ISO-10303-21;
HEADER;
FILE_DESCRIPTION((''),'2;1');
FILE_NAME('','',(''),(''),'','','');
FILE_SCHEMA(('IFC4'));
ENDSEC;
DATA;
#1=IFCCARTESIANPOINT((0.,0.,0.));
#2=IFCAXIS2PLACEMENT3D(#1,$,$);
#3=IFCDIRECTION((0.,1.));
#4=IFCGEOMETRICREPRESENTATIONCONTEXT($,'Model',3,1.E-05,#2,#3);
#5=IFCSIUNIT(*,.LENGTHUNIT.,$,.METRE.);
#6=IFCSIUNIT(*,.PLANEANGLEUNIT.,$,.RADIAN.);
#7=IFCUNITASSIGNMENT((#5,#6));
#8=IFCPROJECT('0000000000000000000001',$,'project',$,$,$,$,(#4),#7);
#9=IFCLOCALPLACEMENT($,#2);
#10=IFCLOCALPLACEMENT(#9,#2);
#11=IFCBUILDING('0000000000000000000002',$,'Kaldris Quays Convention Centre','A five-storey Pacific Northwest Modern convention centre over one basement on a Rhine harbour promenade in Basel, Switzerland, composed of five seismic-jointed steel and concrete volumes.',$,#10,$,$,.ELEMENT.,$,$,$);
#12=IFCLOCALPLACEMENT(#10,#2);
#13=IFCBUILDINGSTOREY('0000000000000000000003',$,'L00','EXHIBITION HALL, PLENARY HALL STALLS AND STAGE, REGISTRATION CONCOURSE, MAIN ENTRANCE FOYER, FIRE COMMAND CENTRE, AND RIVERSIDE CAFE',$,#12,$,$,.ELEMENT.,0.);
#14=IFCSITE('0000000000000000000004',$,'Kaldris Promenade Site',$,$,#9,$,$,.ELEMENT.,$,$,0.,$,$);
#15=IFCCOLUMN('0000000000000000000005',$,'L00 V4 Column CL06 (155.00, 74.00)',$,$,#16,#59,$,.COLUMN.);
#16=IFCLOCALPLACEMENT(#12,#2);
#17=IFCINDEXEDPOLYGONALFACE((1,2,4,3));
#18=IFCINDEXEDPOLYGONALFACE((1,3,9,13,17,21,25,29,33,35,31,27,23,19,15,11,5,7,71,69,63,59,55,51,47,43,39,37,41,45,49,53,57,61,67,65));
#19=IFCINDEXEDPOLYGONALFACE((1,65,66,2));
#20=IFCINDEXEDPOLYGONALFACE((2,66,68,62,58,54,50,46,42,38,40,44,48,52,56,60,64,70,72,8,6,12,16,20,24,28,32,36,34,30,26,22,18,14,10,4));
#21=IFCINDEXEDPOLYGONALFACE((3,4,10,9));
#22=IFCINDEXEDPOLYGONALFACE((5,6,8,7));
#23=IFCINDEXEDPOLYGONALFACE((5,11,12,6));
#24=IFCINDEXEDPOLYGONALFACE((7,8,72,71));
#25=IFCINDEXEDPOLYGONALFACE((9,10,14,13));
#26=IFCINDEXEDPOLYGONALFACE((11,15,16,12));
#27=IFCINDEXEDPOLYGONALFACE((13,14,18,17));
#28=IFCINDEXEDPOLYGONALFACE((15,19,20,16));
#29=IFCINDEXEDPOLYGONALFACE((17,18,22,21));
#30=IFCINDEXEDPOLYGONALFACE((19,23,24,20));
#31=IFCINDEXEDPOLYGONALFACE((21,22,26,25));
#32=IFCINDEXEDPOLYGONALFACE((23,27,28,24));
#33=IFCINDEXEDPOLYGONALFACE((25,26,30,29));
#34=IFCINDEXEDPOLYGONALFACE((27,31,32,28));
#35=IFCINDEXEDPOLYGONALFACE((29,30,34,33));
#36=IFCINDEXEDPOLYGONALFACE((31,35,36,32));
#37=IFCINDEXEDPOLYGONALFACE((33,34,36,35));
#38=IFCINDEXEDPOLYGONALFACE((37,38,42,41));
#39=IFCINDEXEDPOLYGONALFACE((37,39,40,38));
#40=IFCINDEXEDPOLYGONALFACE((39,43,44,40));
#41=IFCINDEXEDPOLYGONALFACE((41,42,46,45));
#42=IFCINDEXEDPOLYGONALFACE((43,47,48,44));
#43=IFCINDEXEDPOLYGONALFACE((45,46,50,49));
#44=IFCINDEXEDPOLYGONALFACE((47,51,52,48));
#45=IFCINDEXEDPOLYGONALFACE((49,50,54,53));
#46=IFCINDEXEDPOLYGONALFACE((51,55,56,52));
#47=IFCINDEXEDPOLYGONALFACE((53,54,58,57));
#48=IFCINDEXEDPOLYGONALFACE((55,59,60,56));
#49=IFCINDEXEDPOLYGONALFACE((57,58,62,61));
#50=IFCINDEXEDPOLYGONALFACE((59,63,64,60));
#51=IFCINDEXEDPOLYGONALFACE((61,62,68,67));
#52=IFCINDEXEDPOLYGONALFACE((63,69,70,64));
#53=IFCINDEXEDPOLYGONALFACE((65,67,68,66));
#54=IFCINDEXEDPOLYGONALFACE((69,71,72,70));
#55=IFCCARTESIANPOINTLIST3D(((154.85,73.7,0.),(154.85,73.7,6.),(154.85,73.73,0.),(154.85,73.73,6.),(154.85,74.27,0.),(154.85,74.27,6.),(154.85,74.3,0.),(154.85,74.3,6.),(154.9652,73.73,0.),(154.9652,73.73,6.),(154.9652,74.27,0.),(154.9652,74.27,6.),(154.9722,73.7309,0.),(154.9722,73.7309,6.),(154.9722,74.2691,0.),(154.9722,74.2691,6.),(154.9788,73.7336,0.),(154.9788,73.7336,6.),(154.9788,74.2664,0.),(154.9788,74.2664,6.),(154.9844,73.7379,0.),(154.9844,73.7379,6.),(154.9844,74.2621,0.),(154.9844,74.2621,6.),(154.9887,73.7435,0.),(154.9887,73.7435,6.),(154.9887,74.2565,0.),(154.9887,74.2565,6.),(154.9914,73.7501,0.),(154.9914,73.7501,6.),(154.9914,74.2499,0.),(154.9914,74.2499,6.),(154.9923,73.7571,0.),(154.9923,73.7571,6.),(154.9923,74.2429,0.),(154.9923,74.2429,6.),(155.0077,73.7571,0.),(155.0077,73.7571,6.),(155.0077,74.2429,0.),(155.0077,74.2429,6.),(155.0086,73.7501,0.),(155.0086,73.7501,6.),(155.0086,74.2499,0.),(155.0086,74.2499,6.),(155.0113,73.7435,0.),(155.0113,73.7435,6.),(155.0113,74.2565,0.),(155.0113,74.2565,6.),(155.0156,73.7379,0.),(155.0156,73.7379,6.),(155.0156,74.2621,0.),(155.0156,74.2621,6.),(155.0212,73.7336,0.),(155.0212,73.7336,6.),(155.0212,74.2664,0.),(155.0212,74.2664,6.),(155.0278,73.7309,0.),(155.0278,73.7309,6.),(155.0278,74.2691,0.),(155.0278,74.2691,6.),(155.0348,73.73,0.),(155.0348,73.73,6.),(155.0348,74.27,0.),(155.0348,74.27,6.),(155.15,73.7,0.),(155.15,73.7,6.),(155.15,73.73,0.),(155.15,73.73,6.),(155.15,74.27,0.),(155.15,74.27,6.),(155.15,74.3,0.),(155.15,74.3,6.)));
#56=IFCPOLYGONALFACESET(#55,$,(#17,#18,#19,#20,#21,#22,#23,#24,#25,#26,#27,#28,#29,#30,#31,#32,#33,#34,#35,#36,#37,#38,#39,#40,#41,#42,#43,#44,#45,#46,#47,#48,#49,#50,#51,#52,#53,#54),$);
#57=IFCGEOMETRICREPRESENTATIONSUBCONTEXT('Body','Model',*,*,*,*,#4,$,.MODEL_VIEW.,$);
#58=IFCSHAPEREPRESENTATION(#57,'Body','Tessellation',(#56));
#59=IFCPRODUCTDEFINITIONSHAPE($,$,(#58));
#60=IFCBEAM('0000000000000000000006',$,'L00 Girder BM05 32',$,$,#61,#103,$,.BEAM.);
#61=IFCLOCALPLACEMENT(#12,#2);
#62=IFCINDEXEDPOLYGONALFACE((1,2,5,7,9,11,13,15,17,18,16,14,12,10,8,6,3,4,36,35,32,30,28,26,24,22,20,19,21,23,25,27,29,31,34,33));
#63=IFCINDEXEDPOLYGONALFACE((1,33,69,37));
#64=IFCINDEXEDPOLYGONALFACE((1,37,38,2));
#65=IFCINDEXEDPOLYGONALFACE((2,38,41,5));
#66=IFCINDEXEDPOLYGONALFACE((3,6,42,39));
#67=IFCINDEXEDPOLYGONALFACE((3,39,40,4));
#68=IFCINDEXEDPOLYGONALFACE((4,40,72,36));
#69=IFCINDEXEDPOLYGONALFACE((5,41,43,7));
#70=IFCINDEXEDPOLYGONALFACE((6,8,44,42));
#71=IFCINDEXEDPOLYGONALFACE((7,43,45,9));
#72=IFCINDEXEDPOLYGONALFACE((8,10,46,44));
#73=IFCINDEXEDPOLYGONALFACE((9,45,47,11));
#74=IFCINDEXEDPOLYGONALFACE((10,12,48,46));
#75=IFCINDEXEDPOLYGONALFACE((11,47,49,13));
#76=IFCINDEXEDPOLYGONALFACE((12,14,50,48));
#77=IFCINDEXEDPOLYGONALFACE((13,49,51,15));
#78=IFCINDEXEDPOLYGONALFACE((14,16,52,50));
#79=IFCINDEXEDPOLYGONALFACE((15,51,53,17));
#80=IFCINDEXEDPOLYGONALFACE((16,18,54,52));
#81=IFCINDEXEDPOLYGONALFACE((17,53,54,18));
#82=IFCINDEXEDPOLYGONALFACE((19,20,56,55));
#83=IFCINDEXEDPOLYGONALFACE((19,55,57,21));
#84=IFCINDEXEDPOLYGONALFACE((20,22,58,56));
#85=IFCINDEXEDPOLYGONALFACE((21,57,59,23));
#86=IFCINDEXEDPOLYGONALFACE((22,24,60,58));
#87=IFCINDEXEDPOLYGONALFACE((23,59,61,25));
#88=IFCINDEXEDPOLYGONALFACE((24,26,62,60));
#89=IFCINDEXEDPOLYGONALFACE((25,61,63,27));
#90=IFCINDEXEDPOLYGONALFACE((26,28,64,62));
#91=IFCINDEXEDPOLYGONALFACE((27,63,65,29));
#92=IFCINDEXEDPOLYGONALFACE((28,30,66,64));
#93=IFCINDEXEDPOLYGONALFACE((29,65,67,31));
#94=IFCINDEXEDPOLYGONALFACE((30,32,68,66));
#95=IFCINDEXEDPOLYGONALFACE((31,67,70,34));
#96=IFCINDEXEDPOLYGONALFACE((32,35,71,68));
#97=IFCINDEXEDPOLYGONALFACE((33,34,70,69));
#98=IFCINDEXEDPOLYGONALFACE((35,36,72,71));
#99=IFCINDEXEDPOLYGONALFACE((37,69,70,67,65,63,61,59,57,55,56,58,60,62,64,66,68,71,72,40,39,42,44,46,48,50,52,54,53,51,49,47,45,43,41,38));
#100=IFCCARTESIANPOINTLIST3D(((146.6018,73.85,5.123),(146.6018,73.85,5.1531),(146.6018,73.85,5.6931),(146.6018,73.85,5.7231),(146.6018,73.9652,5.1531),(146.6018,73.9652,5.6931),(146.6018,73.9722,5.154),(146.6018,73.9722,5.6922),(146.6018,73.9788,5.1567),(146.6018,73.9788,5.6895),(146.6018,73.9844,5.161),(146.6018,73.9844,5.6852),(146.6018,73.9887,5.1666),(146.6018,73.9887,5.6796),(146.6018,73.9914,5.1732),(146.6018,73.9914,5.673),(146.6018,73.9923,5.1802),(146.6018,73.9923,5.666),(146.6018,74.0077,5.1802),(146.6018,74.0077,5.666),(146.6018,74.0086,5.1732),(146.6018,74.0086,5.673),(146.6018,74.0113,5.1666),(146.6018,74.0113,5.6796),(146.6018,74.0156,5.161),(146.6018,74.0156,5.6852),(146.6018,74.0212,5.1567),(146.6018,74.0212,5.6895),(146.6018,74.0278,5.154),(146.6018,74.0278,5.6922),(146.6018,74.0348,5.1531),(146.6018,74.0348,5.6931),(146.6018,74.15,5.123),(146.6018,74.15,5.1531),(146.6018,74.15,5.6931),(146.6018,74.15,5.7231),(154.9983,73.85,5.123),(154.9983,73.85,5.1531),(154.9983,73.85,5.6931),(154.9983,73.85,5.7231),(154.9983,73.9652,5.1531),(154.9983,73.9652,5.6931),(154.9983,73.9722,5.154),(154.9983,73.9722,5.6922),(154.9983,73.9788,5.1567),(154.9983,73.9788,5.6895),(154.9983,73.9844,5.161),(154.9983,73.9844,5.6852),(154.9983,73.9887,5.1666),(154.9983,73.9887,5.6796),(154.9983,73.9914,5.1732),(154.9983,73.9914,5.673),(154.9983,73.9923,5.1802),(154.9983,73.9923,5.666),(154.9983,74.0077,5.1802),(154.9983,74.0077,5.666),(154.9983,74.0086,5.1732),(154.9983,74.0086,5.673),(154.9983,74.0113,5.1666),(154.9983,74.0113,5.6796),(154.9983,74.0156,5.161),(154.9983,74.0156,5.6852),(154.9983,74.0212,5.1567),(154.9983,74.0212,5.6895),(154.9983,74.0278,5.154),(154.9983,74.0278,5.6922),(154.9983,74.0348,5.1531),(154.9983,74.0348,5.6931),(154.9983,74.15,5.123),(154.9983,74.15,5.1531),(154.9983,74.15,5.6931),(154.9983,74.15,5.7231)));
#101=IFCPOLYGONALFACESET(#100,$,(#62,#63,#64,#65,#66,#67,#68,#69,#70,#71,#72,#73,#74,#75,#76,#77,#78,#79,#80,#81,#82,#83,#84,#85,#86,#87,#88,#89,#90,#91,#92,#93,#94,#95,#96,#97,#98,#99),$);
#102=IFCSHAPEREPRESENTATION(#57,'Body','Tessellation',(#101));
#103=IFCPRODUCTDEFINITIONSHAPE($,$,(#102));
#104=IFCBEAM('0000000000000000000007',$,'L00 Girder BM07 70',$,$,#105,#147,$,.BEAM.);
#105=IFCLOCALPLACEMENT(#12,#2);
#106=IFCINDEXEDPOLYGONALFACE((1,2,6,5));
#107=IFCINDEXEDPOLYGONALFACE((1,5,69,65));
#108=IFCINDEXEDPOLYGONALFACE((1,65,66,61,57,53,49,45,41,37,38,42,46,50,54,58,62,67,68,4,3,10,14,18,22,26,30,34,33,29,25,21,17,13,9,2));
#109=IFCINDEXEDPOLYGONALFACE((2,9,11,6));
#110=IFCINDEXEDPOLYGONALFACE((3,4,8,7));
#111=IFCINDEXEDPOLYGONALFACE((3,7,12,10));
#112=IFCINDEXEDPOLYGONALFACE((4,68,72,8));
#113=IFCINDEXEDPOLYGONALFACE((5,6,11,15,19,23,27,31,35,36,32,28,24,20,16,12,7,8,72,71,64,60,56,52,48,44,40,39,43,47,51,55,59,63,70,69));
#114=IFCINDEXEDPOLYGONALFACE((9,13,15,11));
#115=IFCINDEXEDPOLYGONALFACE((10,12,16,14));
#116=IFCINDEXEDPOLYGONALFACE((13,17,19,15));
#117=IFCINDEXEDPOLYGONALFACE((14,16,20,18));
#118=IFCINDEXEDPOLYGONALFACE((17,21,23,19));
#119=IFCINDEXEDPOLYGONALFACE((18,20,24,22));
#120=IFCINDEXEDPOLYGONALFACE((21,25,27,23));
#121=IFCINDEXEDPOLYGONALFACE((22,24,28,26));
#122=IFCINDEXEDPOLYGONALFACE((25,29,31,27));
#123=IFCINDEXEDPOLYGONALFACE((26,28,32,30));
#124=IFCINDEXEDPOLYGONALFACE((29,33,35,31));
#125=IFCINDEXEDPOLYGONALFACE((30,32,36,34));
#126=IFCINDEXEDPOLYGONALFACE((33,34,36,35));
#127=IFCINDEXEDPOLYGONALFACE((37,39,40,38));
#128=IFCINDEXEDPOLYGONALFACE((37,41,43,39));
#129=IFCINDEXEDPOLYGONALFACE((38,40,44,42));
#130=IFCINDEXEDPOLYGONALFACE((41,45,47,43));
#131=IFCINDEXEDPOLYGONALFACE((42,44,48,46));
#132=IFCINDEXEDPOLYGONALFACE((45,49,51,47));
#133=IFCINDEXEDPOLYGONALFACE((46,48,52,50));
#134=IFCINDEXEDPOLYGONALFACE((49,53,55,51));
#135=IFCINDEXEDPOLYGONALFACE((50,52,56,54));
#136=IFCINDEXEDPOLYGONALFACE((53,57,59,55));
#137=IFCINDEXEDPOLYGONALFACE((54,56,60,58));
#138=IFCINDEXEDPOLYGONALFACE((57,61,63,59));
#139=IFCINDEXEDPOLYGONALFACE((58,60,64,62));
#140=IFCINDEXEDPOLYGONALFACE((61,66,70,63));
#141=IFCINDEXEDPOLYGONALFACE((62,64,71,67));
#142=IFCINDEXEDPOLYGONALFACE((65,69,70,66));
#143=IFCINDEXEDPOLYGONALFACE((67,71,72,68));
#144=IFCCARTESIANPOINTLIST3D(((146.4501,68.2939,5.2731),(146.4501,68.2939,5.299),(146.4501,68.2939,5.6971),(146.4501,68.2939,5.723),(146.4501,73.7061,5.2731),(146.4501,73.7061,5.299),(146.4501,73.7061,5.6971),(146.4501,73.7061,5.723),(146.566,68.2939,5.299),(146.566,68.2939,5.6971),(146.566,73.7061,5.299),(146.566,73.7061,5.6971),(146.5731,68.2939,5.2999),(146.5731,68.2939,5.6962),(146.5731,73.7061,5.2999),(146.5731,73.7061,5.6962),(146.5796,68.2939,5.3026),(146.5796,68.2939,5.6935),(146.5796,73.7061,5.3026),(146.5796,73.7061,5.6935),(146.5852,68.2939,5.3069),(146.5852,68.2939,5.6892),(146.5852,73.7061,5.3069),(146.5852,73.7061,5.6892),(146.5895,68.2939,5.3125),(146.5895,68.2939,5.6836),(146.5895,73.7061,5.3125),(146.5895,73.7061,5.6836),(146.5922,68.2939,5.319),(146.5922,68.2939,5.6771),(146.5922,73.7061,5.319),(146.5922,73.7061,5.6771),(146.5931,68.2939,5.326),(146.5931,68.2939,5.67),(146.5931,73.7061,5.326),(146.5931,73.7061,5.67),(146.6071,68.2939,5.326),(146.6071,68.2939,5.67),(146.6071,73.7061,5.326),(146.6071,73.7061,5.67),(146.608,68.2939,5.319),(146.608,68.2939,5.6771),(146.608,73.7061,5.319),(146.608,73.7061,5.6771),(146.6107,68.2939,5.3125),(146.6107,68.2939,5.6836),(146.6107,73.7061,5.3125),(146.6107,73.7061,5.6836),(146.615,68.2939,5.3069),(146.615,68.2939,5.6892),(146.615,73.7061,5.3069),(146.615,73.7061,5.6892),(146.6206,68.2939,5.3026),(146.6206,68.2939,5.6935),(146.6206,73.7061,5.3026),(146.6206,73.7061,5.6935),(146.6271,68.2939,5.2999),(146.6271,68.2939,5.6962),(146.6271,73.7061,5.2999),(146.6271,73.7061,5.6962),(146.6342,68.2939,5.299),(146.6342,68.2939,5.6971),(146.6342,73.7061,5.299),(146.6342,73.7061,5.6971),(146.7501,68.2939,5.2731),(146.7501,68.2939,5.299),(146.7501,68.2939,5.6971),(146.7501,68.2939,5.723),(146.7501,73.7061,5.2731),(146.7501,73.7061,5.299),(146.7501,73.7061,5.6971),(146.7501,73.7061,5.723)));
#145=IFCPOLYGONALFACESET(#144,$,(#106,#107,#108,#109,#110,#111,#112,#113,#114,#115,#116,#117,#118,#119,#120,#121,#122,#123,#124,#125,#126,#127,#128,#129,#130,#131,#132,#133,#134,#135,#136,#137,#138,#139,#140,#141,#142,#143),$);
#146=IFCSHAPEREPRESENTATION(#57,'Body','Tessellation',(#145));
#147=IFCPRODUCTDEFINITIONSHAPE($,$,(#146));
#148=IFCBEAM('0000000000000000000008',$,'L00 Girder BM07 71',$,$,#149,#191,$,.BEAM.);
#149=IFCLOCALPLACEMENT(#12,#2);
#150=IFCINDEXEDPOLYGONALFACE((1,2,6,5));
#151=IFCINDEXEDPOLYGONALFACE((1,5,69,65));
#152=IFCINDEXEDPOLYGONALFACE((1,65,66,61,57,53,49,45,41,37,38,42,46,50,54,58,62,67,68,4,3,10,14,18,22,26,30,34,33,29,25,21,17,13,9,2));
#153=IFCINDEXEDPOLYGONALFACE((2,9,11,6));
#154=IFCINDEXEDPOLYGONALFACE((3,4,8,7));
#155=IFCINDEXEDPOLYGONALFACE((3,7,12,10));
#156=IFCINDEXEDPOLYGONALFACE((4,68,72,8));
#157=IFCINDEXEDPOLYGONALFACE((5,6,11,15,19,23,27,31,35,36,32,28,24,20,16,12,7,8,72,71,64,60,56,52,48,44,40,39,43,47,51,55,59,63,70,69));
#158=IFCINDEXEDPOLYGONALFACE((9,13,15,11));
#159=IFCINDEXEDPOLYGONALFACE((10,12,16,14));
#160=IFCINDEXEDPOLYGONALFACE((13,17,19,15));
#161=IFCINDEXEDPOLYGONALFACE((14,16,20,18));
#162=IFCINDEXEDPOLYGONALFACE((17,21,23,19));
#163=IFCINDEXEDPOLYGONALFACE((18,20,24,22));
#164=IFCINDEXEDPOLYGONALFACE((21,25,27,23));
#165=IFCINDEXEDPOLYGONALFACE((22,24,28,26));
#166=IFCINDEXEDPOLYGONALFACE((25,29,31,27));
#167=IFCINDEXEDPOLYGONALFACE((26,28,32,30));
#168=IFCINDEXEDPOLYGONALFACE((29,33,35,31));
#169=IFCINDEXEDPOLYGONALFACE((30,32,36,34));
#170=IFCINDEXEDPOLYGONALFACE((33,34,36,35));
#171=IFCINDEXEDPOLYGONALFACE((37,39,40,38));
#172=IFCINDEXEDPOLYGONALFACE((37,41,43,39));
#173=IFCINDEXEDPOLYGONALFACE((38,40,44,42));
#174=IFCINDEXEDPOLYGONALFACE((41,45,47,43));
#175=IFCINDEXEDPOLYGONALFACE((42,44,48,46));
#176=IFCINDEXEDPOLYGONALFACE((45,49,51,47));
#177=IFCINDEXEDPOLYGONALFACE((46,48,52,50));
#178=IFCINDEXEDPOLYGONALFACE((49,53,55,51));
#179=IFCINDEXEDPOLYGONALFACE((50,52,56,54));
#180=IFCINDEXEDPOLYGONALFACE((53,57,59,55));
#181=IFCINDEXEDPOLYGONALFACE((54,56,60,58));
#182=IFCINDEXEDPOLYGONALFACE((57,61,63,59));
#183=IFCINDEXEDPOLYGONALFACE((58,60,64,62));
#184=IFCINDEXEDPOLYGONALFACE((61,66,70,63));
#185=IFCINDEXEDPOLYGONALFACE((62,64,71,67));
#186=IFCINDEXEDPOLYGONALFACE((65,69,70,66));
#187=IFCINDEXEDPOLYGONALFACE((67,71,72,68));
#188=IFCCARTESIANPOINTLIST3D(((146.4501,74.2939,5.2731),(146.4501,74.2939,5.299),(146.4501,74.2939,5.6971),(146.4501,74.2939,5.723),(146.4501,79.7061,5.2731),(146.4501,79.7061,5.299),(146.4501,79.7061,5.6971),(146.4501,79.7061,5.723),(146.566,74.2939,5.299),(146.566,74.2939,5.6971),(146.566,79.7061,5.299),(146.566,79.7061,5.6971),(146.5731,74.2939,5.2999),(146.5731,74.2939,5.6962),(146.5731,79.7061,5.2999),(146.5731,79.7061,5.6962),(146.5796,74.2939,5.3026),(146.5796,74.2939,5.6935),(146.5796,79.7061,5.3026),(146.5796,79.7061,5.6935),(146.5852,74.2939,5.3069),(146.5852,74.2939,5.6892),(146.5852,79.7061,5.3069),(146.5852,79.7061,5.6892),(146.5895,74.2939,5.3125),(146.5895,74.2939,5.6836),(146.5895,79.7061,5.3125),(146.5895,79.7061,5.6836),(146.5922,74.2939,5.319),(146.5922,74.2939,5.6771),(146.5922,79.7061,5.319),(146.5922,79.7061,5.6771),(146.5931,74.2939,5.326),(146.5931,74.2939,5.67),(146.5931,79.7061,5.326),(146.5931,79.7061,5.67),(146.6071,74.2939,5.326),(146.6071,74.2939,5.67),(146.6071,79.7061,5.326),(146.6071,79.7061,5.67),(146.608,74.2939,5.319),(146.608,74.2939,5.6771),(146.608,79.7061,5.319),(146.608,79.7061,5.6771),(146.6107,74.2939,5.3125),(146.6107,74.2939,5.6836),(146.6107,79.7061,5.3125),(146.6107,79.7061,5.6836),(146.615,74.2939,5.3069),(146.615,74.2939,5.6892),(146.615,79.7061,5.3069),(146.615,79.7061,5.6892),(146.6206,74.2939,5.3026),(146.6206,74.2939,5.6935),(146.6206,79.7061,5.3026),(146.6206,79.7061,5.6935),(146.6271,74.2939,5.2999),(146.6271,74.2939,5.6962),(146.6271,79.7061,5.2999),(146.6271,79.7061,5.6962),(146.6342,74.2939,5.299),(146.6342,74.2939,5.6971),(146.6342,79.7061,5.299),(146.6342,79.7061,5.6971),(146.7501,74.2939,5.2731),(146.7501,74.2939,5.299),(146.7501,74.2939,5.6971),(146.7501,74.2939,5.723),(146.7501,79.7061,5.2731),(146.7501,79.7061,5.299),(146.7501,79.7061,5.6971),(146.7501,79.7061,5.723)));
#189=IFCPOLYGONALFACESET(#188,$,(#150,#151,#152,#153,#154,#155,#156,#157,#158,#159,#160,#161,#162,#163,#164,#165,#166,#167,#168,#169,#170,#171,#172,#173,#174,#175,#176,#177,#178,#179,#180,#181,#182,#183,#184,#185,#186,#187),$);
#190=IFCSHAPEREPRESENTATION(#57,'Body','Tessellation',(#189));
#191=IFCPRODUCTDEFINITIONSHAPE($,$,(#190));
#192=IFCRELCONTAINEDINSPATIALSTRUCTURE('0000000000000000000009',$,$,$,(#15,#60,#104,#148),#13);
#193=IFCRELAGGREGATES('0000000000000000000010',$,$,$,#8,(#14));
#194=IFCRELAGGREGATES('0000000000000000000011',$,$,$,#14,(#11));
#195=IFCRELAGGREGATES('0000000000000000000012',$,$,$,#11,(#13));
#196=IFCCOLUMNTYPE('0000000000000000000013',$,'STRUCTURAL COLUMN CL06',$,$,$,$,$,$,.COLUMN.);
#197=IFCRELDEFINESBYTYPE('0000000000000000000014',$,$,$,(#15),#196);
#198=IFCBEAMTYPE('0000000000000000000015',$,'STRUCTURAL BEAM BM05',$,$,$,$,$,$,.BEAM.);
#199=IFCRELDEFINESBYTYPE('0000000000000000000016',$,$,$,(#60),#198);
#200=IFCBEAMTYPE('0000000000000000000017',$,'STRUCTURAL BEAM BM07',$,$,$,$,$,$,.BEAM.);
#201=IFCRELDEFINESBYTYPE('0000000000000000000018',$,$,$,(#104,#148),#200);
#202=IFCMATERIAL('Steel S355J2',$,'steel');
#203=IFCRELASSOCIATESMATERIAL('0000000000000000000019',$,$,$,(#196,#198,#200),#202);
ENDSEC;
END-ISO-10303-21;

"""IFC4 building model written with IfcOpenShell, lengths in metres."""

from ifc_helpers import new_model, si_unit, direction, frame, origin, origin_2d, place, context, subcontext, project, spatial, i_section, extrude, material, material_profile, profile_set, type_object, element, save


model = new_model("IFC4")

# Units and contexts
model_context = context("Model", 3, precision=1e-05, world=origin(), true_north=direction((0.0, 1.0)))
body_context = subcontext(model_context, "Body", "Model", "MODEL_VIEW")
ifc_project = project(units=[si_unit("LENGTHUNIT", "METRE"), si_unit("PLANEANGLEUNIT", "RADIAN")], contexts=[model_context])

# Site, building, storey
site_placement = place(None, origin())
site = spatial("IfcSite", under=ifc_project, at=site_placement, Name="Kaldris Promenade Site", CompositionType="ELEMENT", RefElevation=0.0)
building_placement = place(site_placement, origin())
building = spatial("IfcBuilding", under=site, at=building_placement, Name="Kaldris Quays Convention Centre", Description="A five-storey Pacific Northwest Modern convention centre over one basement on a Rhine harbour promenade in Basel, Switzerland, composed of five seismic-jointed steel and concrete volumes.", CompositionType="ELEMENT")
storey_placement = place(building_placement, origin())
storey = spatial("IfcBuildingStorey", under=building, at=storey_placement, Name="L00", Description="EXHIBITION HALL, PLENARY HALL STALLS AND STAGE, REGISTRATION CONCOURSE, MAIN ENTRANCE FOYER, FIRE COMMAND CENTRE, AND RIVERSIDE CAFE", CompositionType="ELEMENT", Elevation=0.0)

# Column
ifc_material_1 = material(Name="Steel S355J2", Category="steel")
ifc_material_profile_1 = material_profile(ifc_material_1, i_section(OverallWidth=0.3, OverallDepth=0.6001, WebThickness=0.0154, FlangeThickness=0.03, FilletRadius=0.0271, at=origin_2d()), Name="HEB 600")
ifc_profile_set_1 = profile_set([ifc_material_profile_1], Name="Steel S355J2")
column_type_1 = type_object("IfcColumnType", Name="STRUCTURAL COLUMN CL06", PredefinedType="COLUMN", material=ifc_profile_set_1)
for number, where, z_axis, x_axis, name in (
    (1, (155.0, 74.0, 0.0), (0.0, 0.0, 1.0), (1.0, 0.0, 0.0), "L00 V4 Column CL06 (155.00, 74.00)"),
):
    element("IfcColumn", number, at=place(storey_placement, frame(where, z_axis=z_axis, x_axis=x_axis)), inside=storey, type_object=column_type_1, Name=name, PredefinedType="COLUMN", context=body_context, shape_type="SweptSolid", body=[
        extrude(i_section(OverallWidth=0.3, OverallDepth=0.6001, WebThickness=0.0154, FlangeThickness=0.03, FilletRadius=0.0271, at=origin_2d()), origin(), (0.0, 0.0, 1.0), 6.0),
    ])

# Beams
ifc_material_profile_2 = material_profile(ifc_material_1, i_section(OverallWidth=0.3, OverallDepth=0.6001, WebThickness=0.0154, FlangeThickness=0.03, FilletRadius=0.0271, at=origin_2d()), Name="HEB 600")
ifc_profile_set_2 = profile_set([ifc_material_profile_2], Name="Steel S355J2")
beam_type_1 = type_object("IfcBeamType", Name="STRUCTURAL BEAM BM05", PredefinedType="BEAM", material=ifc_profile_set_2)
beam_1_placement = place(storey_placement, frame((146.6018, 74.0, 5.4231), z_axis=(1.0, 0.0, 0.0), x_axis=(0.0, 1.0, 0.0)))
element("IfcBeam", 2, at=beam_1_placement, inside=storey, type_object=beam_type_1, Name="L00 Girder BM05 32", PredefinedType="BEAM", context=body_context, shape_type="SweptSolid", body=[
    extrude(i_section(OverallWidth=0.3, OverallDepth=0.6001, WebThickness=0.0154, FlangeThickness=0.03, FilletRadius=0.0271, at=origin_2d()), origin(), (0.0, 0.0, 1.0), 8.3965),
])
ifc_material_profile_3 = material_profile(ifc_material_1, i_section(OverallWidth=0.3, OverallDepth=0.45, WebThickness=0.0139, FlangeThickness=0.0259, FilletRadius=0.0271, at=origin_2d()), Name="HEB 450")
ifc_profile_set_3 = profile_set([ifc_material_profile_3], Name="Steel S355J2")
beam_type_2 = type_object("IfcBeamType", Name="STRUCTURAL BEAM BM07", PredefinedType="BEAM", material=ifc_profile_set_3)
for number, where, z_axis, x_axis, name in (
    (3, (146.6001, 68.2939, 5.498), (0.0, 1.0, 0.0), (-1.0, 0.0, 0.0), "L00 Girder BM07 70"),
    (4, (146.6001, 74.2939, 5.498), (0.0, 1.0, 0.0), (-1.0, 0.0, 0.0), "L00 Girder BM07 71"),
):
    element("IfcBeam", number, at=place(storey_placement, frame(where, z_axis=z_axis, x_axis=x_axis)), inside=storey, type_object=beam_type_2, Name=name, PredefinedType="BEAM", context=body_context, shape_type="SweptSolid", body=[
        extrude(i_section(OverallWidth=0.3, OverallDepth=0.45, WebThickness=0.0139, FlangeThickness=0.0259, FilletRadius=0.0271, at=origin_2d()), origin(), (0.0, 0.0, 1.0), 5.4121),
    ])

save(model, "model.ifc")
